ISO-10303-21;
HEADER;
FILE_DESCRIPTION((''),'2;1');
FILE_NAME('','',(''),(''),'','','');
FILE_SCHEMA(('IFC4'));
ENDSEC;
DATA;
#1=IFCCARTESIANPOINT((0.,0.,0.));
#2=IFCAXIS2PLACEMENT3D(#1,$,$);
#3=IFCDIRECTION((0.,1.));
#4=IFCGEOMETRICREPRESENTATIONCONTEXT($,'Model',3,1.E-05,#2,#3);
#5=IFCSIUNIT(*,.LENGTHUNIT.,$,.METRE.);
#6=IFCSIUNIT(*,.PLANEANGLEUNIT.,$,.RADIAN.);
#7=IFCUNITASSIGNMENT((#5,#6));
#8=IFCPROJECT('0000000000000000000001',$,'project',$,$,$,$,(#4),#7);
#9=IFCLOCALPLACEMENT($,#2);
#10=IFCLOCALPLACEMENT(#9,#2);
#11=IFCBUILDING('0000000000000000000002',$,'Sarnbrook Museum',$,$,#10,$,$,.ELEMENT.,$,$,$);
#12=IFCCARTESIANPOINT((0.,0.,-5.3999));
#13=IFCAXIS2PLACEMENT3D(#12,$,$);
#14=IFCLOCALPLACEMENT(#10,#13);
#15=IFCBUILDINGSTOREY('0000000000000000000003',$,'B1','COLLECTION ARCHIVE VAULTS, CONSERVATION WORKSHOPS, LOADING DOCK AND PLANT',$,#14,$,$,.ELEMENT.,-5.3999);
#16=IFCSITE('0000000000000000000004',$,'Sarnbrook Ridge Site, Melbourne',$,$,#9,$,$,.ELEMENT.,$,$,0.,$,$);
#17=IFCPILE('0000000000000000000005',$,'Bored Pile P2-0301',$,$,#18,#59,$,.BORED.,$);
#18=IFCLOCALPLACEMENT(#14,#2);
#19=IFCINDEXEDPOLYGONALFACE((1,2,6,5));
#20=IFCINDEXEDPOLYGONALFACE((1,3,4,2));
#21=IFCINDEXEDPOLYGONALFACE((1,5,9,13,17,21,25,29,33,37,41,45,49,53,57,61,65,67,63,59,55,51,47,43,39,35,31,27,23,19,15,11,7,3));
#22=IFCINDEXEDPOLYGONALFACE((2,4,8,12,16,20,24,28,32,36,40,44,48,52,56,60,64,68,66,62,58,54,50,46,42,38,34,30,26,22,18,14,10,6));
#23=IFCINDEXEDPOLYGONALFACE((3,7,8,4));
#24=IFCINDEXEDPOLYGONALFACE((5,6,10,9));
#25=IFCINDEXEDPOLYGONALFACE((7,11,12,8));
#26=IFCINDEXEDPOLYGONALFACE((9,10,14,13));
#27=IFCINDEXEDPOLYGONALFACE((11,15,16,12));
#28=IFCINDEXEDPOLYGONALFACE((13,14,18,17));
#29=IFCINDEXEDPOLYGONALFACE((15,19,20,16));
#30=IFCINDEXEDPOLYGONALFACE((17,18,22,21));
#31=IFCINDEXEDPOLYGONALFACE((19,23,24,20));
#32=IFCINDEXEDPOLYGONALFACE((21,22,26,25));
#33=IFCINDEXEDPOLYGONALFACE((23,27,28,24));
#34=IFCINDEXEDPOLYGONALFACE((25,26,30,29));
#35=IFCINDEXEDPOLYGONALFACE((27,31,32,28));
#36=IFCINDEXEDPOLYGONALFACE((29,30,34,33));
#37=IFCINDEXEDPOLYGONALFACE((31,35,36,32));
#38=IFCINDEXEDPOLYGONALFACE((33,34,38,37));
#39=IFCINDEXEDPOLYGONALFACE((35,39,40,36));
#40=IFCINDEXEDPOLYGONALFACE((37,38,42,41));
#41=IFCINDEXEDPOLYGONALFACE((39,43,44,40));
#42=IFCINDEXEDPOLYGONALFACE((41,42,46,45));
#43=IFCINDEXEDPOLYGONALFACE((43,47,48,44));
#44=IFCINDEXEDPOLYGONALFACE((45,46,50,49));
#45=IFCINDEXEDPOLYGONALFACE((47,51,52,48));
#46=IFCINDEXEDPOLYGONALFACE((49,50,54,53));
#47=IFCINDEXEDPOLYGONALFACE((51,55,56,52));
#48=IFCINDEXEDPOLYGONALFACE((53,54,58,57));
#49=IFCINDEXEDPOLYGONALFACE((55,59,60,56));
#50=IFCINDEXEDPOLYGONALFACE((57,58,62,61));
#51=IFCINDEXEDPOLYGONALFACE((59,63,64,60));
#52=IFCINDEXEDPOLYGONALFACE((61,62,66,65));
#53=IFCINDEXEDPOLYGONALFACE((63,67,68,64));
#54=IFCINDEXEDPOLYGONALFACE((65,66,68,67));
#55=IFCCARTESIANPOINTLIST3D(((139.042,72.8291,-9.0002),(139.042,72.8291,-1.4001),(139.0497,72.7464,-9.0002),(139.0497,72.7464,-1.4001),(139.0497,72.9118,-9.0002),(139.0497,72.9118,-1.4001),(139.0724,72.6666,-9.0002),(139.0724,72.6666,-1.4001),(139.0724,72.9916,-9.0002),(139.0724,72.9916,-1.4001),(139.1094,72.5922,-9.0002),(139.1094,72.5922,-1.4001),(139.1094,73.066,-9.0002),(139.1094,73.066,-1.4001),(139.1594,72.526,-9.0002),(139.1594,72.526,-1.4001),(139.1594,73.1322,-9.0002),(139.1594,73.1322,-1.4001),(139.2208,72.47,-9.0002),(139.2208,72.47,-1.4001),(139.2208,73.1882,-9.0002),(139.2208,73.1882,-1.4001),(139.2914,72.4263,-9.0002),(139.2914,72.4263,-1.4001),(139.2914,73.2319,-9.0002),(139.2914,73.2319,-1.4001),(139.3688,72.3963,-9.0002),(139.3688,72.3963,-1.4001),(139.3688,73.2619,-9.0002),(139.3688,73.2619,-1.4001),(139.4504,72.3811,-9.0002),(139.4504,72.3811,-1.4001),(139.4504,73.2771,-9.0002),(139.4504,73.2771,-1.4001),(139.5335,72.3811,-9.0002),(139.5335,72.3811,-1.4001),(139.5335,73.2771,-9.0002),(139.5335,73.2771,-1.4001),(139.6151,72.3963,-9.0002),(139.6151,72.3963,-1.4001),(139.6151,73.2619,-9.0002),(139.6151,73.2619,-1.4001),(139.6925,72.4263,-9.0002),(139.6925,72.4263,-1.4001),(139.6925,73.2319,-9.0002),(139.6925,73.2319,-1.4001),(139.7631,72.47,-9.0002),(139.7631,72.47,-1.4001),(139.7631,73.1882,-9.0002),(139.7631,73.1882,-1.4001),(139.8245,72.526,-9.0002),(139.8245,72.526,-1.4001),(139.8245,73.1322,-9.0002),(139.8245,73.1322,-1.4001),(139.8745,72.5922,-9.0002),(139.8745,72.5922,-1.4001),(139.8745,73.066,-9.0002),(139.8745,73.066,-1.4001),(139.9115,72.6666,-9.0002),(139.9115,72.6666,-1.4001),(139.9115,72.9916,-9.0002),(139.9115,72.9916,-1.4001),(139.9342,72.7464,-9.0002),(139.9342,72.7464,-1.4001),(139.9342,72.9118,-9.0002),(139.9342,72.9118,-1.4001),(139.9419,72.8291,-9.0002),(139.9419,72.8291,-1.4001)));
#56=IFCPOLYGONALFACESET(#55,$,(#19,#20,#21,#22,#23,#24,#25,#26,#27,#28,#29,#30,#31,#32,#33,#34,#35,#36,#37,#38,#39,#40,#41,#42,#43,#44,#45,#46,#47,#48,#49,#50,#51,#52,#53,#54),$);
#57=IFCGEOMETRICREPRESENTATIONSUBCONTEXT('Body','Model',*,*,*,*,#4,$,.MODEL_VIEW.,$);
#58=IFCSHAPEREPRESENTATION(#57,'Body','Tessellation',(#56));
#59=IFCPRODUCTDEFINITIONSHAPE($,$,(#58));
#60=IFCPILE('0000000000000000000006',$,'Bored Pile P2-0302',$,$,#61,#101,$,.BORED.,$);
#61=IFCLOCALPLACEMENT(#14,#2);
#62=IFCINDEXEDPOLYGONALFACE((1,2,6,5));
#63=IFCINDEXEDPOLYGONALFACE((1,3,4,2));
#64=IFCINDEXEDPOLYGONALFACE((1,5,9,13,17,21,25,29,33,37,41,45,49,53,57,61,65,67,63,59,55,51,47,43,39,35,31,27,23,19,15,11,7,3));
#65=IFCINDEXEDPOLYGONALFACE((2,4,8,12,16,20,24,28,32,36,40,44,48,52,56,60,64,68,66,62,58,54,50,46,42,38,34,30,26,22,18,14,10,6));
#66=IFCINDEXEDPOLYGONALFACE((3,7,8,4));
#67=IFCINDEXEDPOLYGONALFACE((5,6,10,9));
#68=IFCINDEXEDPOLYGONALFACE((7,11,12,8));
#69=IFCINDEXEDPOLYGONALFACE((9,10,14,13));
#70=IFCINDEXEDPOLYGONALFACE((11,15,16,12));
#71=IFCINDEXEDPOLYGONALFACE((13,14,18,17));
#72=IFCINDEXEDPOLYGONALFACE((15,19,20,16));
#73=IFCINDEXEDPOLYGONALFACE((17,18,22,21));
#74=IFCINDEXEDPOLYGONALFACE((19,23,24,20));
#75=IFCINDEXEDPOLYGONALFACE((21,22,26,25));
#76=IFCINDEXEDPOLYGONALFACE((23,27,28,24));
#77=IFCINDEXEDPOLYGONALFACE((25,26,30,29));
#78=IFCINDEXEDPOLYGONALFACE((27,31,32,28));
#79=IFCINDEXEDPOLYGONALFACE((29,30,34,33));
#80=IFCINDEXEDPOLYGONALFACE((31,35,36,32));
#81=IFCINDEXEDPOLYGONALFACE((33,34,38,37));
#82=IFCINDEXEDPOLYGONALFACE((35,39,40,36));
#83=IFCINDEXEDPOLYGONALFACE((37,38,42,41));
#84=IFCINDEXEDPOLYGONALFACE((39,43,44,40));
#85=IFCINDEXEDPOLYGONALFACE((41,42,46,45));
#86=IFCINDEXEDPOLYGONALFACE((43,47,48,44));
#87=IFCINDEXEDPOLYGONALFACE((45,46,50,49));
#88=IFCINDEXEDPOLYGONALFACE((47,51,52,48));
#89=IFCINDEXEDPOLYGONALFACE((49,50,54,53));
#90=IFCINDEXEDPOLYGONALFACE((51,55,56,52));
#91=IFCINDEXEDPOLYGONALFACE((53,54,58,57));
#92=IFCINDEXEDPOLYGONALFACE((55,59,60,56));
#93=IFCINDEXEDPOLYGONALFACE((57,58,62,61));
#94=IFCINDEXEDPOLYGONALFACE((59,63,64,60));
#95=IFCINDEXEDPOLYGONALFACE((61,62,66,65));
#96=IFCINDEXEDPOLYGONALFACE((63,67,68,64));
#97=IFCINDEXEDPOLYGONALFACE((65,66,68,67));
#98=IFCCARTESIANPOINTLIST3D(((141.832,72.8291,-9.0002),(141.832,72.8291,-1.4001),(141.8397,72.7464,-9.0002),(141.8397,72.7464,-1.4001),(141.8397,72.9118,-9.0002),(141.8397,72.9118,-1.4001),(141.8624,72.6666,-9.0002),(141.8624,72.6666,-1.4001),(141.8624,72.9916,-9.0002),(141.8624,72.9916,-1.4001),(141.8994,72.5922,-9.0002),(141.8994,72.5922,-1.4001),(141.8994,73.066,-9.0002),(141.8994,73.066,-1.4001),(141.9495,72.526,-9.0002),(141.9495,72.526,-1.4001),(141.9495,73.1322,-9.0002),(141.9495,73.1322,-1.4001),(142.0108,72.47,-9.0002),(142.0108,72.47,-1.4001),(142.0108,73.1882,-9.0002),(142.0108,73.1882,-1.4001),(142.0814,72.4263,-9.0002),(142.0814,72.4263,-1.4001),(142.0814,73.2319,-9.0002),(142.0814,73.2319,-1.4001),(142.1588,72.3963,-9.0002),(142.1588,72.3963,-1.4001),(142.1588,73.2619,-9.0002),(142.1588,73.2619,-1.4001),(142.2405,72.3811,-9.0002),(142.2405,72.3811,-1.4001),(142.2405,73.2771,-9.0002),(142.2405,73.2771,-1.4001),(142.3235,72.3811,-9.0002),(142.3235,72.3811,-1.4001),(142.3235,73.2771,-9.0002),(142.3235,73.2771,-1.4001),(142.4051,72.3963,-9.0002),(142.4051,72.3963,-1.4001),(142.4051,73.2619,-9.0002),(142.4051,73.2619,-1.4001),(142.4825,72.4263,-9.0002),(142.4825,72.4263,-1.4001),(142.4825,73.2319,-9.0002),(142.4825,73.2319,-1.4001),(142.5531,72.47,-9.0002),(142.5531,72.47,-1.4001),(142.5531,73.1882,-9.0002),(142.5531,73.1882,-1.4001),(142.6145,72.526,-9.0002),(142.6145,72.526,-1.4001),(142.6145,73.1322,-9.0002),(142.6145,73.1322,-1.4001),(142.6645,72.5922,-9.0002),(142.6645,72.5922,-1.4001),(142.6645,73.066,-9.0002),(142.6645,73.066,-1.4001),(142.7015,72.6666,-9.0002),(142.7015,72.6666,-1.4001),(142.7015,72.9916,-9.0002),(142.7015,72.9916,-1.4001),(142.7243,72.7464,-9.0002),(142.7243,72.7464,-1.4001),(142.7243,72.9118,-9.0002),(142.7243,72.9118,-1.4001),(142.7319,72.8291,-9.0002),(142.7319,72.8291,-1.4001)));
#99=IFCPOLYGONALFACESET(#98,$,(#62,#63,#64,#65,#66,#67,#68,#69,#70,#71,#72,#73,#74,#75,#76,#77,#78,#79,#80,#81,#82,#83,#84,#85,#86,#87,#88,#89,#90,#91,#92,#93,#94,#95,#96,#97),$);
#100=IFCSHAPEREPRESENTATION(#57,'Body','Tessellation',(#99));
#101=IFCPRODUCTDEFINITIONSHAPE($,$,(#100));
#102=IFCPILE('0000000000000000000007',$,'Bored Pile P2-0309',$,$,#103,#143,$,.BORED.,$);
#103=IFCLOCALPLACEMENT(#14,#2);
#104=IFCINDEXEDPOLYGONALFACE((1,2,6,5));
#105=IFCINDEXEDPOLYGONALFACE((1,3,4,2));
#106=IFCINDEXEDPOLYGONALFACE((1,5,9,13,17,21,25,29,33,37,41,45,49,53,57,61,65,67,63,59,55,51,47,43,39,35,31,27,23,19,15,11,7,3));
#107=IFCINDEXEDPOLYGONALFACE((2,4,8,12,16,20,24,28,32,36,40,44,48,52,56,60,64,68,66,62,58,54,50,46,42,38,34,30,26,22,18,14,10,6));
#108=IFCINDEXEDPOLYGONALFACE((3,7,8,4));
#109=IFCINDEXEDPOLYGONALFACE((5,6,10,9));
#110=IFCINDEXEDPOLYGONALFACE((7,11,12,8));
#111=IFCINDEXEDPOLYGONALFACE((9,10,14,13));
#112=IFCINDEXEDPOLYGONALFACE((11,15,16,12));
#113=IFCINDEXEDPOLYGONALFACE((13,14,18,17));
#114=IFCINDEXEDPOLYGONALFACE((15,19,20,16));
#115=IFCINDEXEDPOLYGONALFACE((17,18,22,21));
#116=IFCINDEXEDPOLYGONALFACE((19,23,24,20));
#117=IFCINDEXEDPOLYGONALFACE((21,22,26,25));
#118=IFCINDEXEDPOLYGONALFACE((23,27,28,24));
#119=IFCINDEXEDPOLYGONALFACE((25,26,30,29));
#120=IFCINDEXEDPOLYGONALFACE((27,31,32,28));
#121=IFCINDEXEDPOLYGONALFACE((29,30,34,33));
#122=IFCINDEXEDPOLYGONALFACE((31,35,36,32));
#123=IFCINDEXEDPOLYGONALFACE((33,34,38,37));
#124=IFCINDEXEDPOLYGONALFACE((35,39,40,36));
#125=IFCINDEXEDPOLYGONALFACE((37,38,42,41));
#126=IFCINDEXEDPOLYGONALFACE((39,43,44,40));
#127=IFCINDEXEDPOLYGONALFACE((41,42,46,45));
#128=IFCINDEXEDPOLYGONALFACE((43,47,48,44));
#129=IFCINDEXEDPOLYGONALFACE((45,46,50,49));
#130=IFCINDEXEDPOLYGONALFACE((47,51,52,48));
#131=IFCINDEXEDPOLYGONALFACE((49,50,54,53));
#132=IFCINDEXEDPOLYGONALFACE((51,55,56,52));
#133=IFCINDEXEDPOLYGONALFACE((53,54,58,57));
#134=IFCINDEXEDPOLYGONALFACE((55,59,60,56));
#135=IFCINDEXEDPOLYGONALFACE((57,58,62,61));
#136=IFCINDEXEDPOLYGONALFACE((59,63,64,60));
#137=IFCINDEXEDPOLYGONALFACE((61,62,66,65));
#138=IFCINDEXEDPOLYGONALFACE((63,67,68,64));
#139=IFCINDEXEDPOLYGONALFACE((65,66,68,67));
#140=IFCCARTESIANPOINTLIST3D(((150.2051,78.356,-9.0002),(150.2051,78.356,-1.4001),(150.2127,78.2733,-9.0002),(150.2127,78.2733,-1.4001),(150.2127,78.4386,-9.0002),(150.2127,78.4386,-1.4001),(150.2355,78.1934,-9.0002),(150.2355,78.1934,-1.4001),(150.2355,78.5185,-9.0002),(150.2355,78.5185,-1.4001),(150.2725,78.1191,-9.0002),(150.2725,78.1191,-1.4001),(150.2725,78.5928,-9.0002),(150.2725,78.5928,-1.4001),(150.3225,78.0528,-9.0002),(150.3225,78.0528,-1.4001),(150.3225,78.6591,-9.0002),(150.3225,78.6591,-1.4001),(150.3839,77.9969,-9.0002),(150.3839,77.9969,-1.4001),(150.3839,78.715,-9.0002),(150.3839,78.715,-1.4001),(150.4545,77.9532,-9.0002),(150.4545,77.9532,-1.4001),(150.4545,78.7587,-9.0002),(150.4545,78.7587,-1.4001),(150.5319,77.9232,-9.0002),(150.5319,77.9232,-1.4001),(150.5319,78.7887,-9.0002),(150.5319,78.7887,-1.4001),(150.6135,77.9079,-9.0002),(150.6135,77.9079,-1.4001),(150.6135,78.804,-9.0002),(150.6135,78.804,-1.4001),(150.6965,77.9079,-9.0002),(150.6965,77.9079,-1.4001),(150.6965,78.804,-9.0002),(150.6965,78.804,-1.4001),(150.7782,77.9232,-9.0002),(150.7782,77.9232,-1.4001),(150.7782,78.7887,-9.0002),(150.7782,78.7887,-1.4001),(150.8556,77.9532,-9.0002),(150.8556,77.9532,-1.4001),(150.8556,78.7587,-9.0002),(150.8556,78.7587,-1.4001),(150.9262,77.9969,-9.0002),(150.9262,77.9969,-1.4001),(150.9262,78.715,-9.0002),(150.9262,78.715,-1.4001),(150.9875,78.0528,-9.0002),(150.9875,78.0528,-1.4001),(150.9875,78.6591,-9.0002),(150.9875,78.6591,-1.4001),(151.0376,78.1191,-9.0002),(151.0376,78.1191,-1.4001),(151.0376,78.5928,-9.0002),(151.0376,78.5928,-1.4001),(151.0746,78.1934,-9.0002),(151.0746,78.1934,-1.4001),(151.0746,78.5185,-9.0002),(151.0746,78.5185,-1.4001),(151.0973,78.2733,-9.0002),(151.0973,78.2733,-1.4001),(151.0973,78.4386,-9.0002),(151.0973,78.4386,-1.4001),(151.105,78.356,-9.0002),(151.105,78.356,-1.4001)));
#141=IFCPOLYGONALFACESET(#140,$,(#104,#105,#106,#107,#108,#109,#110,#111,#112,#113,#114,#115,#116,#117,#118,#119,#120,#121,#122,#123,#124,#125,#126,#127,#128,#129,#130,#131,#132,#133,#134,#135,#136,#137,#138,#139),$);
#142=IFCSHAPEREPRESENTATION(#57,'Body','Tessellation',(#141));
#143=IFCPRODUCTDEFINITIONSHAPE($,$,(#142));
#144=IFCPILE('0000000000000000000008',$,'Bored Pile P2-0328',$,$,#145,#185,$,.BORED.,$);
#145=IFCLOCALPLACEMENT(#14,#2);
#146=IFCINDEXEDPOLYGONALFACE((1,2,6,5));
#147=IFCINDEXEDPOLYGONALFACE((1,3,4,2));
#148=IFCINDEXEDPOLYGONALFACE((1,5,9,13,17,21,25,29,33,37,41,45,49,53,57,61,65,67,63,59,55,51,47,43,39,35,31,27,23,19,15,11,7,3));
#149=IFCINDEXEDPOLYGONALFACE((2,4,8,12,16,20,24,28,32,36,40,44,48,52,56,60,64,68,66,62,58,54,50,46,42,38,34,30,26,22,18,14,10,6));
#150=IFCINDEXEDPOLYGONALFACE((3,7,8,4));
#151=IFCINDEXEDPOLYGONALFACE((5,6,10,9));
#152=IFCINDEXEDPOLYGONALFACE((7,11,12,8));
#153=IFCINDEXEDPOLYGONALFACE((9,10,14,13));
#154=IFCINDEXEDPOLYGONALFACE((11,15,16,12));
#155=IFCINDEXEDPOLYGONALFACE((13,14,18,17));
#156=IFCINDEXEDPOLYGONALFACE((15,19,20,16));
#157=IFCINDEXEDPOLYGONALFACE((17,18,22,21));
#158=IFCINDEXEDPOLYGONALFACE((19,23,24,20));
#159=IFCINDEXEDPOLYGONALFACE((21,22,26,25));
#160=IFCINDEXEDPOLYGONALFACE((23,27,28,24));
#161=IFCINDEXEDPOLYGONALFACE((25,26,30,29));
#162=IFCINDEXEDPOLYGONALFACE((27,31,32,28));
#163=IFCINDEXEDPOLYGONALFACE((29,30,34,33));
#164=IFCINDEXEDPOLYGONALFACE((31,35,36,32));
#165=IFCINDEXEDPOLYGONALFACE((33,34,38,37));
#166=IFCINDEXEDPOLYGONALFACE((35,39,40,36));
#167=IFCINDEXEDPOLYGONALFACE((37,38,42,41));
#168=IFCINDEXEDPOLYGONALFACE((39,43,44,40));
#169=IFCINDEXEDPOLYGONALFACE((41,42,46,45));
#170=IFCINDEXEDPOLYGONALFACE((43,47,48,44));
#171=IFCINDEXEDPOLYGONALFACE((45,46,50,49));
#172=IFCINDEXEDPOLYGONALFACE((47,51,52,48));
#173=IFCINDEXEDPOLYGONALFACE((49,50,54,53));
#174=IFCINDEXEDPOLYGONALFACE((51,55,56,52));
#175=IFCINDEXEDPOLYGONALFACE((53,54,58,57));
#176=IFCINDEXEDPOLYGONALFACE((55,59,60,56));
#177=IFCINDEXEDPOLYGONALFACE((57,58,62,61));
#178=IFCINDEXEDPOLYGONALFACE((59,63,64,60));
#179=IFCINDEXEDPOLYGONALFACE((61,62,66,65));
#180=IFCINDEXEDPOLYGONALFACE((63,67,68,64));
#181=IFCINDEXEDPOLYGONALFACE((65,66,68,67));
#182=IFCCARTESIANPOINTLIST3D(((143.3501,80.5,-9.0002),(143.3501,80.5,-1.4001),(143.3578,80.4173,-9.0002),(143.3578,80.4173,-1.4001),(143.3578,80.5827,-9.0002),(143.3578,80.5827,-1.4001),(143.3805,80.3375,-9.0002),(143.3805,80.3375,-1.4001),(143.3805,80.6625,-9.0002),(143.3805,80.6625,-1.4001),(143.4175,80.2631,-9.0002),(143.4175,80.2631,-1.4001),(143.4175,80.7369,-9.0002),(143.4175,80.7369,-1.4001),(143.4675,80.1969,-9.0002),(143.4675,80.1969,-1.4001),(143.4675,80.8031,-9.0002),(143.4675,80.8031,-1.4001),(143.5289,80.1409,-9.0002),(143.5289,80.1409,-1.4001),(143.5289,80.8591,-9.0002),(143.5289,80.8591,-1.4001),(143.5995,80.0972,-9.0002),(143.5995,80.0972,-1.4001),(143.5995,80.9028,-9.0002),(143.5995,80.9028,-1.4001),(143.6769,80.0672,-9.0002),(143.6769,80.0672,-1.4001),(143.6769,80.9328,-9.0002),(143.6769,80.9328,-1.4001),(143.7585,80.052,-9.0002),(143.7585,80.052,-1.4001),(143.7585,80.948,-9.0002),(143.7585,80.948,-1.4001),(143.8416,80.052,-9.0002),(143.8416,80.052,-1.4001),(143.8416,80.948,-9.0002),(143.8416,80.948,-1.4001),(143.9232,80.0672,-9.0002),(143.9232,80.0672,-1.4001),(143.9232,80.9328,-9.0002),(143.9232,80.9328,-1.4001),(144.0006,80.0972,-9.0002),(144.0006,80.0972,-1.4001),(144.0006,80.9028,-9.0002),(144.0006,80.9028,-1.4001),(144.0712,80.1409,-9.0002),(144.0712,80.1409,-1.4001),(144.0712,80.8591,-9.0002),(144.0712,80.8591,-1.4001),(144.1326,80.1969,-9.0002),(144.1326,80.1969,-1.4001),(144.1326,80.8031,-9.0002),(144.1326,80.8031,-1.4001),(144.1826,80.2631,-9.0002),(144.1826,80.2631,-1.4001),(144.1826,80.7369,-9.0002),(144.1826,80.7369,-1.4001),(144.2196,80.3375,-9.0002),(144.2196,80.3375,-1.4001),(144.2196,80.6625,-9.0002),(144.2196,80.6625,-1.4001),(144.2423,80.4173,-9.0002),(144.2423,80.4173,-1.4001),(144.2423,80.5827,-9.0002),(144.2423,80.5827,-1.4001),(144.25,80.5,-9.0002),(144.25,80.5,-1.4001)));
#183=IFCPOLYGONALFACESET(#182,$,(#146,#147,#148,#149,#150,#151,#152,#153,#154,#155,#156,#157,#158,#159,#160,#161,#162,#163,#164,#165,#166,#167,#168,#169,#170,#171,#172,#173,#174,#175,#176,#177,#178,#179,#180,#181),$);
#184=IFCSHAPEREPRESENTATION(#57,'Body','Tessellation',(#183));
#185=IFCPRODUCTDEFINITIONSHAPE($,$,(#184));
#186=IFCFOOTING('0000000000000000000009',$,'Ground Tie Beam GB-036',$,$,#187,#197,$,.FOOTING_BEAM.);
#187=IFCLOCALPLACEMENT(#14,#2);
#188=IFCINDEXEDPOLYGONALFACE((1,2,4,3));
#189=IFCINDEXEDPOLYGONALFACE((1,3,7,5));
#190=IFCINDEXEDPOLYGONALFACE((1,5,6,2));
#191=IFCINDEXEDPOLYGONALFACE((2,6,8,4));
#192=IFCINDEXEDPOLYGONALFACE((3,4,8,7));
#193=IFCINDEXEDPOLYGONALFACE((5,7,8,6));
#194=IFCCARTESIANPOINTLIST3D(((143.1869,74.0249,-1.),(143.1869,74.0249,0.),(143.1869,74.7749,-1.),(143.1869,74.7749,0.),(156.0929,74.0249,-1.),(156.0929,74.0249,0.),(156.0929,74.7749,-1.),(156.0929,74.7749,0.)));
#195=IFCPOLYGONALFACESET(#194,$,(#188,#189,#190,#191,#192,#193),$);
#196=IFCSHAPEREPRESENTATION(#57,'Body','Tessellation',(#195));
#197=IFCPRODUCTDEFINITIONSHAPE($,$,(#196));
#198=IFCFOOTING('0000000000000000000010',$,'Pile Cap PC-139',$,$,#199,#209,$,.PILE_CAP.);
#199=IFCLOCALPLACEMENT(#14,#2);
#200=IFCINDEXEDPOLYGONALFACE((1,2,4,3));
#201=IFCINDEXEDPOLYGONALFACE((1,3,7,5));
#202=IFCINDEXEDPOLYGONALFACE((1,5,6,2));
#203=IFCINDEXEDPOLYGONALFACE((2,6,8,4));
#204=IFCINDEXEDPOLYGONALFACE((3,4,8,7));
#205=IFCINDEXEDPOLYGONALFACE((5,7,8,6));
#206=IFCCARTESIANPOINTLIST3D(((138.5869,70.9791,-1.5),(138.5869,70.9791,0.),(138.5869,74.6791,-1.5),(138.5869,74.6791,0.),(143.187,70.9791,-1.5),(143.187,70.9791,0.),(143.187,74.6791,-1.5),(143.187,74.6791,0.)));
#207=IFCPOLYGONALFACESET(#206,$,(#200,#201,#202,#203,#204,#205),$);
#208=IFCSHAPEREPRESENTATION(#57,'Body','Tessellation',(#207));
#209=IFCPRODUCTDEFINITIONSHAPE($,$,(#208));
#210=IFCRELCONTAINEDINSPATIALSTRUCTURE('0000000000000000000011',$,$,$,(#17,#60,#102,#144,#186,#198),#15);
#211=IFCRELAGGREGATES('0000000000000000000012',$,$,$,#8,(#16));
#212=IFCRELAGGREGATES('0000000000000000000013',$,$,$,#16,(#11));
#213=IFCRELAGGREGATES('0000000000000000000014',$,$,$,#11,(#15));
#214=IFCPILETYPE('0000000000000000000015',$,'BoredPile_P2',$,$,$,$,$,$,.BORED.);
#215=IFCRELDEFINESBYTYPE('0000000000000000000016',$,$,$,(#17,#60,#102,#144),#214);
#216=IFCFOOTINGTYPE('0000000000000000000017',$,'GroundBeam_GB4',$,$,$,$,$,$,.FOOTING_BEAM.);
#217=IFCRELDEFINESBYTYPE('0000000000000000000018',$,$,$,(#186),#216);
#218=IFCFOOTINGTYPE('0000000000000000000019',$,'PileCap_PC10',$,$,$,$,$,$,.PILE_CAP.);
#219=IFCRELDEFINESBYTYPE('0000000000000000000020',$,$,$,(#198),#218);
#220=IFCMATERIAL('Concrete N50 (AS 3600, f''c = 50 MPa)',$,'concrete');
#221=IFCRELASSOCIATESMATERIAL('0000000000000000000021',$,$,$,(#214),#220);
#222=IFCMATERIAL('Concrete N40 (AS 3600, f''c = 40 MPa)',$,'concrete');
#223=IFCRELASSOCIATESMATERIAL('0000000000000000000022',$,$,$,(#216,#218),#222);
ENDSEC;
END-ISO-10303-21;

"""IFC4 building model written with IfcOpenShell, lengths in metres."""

from ifc_helpers import new_model, si_unit, direction, frame, origin, origin_2d, place, context, subcontext, project, spatial, rectangle, circle, extrude, material, material_profile, profile_set, type_object, element, save


model = new_model("IFC4")

# Units and contexts
model_context = context("Model", 3, precision=1e-05, world=origin(), true_north=direction((0.0, 1.0)))
body_context = subcontext(model_context, "Body", "Model", "MODEL_VIEW")
ifc_project = project(units=[si_unit("LENGTHUNIT", "METRE"), si_unit("PLANEANGLEUNIT", "RADIAN")], contexts=[model_context])

# Site, building, storey
site_placement = place(None, origin())
site = spatial("IfcSite", under=ifc_project, at=site_placement, Name="Sarnbrook Ridge Site, Melbourne", CompositionType="ELEMENT", RefElevation=0.0)
building_placement = place(site_placement, origin())
building = spatial("IfcBuilding", under=site, at=building_placement, Name="Sarnbrook Museum", CompositionType="ELEMENT")
storey_placement = place(building_placement, frame((0.0, 0.0, -5.3999)))
storey = spatial("IfcBuildingStorey", under=building, at=storey_placement, Name="B1", Description="COLLECTION ARCHIVE VAULTS, CONSERVATION WORKSHOPS, LOADING DOCK AND PLANT", CompositionType="ELEMENT", Elevation=-5.3999)

# Piles
ifc_material_1 = material(Name="Concrete N50 (AS 3600, f'c = 50 MPa)", Category="concrete")
ifc_material_profile_1 = material_profile(ifc_material_1, circle(Radius=0.45, at=origin_2d()), Name="BORED PILE D900")
ifc_profile_set_1 = profile_set([ifc_material_profile_1], Name="Concrete N50 (AS 3600, f'c = 50 MPa)")
pile_type = type_object("IfcPileType", Name="BoredPile_P2", PredefinedType="BORED", material=ifc_profile_set_1)
for number, where, z_axis, x_axis, name in (
    (1, (139.4919, 72.8291, -1.4001), (0.0, 0.0, -1.0), (1.0, 0.0, 0.0), "Bored Pile P2-0301"),
    (2, (142.282, 72.8291, -1.4001), (0.0, 0.0, -1.0), (1.0, 0.0, 0.0), "Bored Pile P2-0302"),
    (3, (150.655, 78.356, -1.4001), (0.0, 0.0, -1.0), (1.0, 0.0, 0.0), "Bored Pile P2-0309"),
    (4, (143.8, 80.5, -1.4001), (0.0, 0.0, -1.0), (1.0, 0.0, 0.0), "Bored Pile P2-0328"),
):
    element("IfcPile", number, at=place(storey_placement, frame(where, z_axis=z_axis, x_axis=x_axis)), inside=storey, type_object=pile_type, Name=name, PredefinedType="BORED", context=body_context, shape_type="SweptSolid", body=[
        extrude(circle(Radius=0.45, at=origin_2d()), origin(), (0.0, 0.0, 1.0), 7.6001),
    ])

# Footings
ifc_material_2 = material(Name="Concrete N40 (AS 3600, f'c = 40 MPa)", Category="concrete")
footing_type_1 = type_object("IfcFootingType", Name="GroundBeam_GB4", PredefinedType="FOOTING_BEAM", material=ifc_material_2)
footing_1_placement = place(storey_placement, frame((149.6399, 74.3999, -1.0), z_axis=(0.0, 0.0, 1.0), x_axis=(1.0, 0.0, 0.0)))
element("IfcFooting", 5, at=footing_1_placement, inside=storey, type_object=footing_type_1, Name="Ground Tie Beam GB-036", PredefinedType="FOOTING_BEAM", context=body_context, shape_type="SweptSolid", body=[
    extrude(rectangle(XDim=12.906, YDim=0.75, at=origin_2d()), origin(), (0.0, 0.0, 1.0), 1.0),
])
footing_type_2 = type_object("IfcFootingType", Name="PileCap_PC10", PredefinedType="PILE_CAP", material=ifc_material_2)
for number, where, z_axis, x_axis, name in (
    (6, (140.887, 72.8291, -1.5), (0.0, 0.0, 1.0), (1.0, 0.0, 0.0), "Pile Cap PC-139"),
):
    element("IfcFooting", number, at=place(storey_placement, frame(where, z_axis=z_axis, x_axis=x_axis)), inside=storey, type_object=footing_type_2, Name=name, PredefinedType="PILE_CAP", context=body_context, shape_type="SweptSolid", body=[
        extrude(rectangle(XDim=4.6001, YDim=3.7, at=origin_2d()), origin(), (0.0, 0.0, 1.0), 1.5),
    ])

save(model, "model.ifc")
